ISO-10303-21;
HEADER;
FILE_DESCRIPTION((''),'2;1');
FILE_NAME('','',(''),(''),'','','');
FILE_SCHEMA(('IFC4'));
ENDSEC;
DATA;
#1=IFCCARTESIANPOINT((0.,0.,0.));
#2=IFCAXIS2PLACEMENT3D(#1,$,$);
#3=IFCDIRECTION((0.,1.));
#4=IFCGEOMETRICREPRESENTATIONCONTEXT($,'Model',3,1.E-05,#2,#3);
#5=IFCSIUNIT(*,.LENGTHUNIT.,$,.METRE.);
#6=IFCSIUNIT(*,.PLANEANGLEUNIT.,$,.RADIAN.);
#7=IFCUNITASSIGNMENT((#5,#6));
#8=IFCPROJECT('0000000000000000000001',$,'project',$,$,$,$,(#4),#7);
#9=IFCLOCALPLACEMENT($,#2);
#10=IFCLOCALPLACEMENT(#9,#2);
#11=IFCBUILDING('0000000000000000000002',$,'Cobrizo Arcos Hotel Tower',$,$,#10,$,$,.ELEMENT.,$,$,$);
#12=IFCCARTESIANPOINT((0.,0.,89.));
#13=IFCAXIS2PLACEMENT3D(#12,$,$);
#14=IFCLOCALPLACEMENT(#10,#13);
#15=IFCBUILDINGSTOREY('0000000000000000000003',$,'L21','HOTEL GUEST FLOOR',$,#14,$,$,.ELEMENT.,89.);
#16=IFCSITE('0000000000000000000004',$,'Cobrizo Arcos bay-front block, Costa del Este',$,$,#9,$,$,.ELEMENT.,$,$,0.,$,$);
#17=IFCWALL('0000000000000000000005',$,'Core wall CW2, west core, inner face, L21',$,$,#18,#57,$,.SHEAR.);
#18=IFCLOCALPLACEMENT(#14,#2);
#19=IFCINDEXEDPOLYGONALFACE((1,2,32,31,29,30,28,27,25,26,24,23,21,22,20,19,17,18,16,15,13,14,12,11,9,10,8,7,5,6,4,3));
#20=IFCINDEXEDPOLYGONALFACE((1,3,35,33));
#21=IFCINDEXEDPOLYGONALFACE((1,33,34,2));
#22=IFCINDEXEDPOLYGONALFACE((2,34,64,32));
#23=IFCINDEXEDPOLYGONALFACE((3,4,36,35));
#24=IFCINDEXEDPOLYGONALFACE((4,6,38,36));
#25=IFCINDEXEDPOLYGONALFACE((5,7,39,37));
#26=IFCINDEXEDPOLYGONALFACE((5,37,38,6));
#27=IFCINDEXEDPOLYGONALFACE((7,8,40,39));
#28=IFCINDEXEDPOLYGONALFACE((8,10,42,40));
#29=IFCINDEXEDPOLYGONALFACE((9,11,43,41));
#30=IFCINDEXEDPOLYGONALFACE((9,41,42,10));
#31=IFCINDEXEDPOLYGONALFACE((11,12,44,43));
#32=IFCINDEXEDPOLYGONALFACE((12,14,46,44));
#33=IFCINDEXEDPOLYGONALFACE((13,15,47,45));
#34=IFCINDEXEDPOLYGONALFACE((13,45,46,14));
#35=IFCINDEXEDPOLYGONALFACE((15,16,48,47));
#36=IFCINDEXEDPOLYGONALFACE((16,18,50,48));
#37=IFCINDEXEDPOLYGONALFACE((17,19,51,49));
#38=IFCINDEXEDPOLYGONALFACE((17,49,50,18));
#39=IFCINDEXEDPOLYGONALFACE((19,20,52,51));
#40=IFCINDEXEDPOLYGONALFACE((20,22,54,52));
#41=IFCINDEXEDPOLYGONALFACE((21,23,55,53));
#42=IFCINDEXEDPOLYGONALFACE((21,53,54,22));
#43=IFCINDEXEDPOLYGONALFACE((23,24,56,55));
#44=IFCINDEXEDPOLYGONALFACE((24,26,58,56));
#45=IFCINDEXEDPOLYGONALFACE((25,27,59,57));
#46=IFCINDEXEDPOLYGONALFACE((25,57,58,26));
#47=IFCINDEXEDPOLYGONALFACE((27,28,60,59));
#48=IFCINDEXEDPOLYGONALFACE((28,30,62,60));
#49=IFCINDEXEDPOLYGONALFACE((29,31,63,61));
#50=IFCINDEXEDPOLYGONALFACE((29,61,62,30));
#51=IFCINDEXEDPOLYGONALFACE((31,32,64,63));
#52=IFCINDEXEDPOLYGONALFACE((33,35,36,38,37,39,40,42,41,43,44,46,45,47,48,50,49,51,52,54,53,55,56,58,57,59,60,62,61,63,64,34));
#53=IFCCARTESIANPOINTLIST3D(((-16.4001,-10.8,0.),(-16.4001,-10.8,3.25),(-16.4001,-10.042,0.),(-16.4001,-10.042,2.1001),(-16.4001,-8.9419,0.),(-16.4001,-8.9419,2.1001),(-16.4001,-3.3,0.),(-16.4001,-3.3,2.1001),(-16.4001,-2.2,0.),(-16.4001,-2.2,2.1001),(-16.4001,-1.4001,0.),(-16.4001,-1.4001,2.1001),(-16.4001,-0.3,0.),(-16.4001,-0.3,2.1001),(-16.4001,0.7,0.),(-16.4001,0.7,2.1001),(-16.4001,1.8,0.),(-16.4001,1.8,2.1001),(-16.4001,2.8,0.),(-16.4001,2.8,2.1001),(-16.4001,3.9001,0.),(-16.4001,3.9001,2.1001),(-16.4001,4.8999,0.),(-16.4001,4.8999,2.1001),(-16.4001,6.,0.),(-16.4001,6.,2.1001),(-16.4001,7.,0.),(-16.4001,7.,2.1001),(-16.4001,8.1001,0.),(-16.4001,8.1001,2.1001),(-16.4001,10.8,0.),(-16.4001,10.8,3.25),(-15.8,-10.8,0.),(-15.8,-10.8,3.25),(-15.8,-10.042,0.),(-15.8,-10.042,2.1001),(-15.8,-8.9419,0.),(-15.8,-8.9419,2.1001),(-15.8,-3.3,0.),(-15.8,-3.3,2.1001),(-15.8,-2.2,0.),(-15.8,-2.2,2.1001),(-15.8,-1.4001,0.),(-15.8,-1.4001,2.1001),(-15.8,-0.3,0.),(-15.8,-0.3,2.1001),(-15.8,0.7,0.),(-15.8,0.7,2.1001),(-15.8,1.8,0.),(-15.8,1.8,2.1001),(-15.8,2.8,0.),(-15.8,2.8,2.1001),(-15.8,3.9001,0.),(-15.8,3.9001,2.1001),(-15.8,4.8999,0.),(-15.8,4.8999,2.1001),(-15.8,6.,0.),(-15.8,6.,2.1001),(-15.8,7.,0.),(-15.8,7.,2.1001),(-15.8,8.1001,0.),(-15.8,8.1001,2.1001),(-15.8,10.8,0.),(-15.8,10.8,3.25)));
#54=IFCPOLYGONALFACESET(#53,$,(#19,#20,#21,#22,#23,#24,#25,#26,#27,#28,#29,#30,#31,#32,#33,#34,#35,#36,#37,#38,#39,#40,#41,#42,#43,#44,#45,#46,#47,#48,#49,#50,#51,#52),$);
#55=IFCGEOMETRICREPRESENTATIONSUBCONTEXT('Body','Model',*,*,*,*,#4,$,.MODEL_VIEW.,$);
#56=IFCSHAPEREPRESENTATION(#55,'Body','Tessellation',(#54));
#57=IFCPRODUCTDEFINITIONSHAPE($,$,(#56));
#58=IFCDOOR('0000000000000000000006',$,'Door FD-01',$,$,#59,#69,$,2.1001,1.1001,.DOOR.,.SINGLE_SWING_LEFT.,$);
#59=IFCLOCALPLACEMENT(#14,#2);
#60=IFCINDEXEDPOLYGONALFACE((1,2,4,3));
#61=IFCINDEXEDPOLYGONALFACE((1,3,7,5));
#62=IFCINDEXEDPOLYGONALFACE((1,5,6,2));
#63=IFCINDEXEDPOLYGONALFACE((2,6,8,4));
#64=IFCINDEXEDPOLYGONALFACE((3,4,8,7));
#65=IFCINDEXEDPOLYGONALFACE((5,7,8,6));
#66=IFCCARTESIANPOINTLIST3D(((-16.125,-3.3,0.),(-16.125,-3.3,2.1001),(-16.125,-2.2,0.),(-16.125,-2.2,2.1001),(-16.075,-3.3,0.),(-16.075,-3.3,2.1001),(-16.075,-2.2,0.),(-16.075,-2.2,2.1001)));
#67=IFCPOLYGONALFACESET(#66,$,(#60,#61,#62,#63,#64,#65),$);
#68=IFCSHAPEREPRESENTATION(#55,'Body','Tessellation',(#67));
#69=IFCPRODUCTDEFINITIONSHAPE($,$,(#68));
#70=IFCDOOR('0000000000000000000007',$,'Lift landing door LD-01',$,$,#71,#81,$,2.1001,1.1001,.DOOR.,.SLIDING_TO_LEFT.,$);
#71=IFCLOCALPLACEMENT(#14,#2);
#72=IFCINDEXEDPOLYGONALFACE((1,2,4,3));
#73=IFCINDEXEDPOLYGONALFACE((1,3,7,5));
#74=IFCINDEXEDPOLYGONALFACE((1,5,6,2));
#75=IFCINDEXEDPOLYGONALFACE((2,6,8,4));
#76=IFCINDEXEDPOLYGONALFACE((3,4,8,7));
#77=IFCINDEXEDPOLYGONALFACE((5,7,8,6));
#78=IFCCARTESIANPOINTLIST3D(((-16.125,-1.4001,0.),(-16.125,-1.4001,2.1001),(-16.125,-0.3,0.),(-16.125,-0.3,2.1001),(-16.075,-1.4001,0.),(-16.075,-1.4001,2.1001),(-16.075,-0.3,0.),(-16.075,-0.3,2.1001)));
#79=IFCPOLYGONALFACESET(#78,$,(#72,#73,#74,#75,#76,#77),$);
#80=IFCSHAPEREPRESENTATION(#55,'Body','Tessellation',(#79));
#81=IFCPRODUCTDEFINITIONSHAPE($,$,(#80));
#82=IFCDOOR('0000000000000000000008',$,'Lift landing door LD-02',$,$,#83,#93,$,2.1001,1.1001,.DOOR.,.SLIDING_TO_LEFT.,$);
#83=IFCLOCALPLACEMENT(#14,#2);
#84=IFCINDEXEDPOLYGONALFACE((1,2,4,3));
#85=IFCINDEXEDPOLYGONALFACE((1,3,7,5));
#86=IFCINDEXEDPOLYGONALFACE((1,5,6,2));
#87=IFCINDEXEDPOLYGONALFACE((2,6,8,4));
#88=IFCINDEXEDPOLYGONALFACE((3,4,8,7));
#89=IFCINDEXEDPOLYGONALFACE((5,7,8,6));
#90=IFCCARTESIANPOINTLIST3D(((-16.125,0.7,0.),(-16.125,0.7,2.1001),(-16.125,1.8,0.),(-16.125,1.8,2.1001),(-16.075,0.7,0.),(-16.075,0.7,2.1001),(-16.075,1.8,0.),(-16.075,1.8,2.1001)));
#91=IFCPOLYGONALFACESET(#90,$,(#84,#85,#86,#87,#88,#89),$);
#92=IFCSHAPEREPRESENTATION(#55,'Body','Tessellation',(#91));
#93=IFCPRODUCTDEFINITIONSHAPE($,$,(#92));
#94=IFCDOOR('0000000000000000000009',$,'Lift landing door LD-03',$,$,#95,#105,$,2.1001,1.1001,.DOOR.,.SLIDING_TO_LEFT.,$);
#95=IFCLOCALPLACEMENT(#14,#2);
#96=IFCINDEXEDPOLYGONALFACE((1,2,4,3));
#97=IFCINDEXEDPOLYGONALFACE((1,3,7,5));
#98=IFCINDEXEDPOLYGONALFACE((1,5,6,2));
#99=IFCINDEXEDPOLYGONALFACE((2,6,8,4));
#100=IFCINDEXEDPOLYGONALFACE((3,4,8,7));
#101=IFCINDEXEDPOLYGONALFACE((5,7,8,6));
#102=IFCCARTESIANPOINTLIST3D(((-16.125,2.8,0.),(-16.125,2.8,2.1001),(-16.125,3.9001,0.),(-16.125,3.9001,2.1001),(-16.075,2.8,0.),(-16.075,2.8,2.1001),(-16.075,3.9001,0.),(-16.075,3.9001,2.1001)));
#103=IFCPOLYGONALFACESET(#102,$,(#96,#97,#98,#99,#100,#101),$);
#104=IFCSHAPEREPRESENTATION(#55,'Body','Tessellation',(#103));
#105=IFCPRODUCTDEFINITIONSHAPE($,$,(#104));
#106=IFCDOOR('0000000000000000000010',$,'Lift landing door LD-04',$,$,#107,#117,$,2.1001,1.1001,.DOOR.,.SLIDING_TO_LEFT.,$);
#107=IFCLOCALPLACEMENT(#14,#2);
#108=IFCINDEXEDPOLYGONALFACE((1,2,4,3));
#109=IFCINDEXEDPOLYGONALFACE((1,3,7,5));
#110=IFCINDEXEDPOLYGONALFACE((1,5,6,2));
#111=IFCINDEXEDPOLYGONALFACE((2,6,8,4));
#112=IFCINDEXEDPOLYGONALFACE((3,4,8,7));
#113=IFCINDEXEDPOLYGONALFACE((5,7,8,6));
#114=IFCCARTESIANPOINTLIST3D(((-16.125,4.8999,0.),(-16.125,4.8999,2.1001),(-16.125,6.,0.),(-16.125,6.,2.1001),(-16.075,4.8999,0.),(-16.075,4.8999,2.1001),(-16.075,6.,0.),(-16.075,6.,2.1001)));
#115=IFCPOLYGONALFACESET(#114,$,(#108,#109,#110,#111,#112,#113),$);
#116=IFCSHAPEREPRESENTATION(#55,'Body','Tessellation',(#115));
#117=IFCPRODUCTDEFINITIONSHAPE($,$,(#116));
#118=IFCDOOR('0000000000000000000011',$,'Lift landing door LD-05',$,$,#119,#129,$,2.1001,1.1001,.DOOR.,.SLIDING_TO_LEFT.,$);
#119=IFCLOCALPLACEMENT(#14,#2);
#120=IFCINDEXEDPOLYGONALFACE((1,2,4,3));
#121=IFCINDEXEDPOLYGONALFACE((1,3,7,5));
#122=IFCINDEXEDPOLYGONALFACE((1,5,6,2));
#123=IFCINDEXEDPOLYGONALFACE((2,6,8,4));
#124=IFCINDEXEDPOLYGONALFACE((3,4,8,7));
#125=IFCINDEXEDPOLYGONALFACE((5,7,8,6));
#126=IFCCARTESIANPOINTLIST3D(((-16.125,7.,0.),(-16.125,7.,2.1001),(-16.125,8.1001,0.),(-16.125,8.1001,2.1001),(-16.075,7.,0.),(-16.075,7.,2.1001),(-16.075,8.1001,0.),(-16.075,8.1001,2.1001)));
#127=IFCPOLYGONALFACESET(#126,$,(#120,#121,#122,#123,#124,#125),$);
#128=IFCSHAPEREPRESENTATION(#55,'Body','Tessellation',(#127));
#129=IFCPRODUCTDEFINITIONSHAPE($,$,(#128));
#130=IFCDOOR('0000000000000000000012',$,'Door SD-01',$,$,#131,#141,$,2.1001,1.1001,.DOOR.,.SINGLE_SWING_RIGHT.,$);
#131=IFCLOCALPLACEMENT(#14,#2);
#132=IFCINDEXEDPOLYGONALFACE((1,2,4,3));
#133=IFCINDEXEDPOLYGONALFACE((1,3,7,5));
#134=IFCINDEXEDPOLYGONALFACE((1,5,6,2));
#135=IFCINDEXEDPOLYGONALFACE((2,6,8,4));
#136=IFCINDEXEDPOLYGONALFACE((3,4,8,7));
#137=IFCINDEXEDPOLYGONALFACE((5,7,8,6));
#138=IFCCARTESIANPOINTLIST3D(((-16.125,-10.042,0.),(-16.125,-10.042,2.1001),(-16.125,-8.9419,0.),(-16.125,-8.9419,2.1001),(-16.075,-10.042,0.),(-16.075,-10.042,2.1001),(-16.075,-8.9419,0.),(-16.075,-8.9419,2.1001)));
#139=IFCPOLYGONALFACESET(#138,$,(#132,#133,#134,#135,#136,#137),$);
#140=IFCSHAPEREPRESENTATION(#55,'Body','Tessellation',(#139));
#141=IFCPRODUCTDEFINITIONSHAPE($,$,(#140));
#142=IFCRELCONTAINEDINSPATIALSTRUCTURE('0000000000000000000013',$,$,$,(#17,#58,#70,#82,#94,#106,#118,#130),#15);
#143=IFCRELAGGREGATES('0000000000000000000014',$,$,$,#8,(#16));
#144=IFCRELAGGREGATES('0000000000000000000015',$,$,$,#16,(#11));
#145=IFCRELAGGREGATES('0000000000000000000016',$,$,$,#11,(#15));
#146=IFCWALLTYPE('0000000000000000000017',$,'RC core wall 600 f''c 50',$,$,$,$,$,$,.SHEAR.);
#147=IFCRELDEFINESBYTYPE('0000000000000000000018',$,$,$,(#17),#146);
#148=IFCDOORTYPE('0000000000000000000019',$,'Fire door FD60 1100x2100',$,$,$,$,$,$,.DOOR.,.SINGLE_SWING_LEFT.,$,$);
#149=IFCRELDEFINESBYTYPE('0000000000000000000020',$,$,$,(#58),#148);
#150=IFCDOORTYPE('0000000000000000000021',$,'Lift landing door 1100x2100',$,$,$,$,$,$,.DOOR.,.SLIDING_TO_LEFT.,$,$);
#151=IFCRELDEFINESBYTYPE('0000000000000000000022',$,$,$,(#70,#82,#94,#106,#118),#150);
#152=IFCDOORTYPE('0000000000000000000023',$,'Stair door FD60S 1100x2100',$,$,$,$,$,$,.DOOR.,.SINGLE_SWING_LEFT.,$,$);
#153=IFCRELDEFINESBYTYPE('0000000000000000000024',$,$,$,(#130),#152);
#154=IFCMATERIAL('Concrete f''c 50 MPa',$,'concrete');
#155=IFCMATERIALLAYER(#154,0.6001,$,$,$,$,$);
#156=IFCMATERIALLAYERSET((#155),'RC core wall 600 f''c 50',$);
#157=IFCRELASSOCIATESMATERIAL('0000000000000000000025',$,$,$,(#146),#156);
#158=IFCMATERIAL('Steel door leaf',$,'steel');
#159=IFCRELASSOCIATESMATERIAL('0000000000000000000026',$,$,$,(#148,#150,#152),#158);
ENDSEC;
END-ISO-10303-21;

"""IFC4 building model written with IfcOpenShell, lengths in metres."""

from ifc_helpers import new_model, si_unit, direction, frame, frame_2d, origin, place, context, subcontext, project, spatial, rectangle, extrude, material, layer, layer_set, type_object, element, fill, save


model = new_model("IFC4")

# Units and contexts
model_context = context("Model", 3, precision=1e-05, world=origin(), true_north=direction((0.0, 1.0)))
body_context = subcontext(model_context, "Body", "Model", "MODEL_VIEW")
ifc_project = project(units=[si_unit("LENGTHUNIT", "METRE"), si_unit("PLANEANGLEUNIT", "RADIAN")], contexts=[model_context])

# Site, building, storey
site_placement = place(None, origin())
site = spatial("IfcSite", under=ifc_project, at=site_placement, Name="Cobrizo Arcos bay-front block, Costa del Este", CompositionType="ELEMENT", RefElevation=0.0)
building_placement = place(site_placement, origin())
building = spatial("IfcBuilding", under=site, at=building_placement, Name="Cobrizo Arcos Hotel Tower", CompositionType="ELEMENT")
storey_placement = place(building_placement, frame((0.0, 0.0, 89.0)))
storey = spatial("IfcBuildingStorey", under=building, at=storey_placement, Name="L21", Description="HOTEL GUEST FLOOR", CompositionType="ELEMENT", Elevation=89.0)

# Wall, openings, doors
ifc_material_1 = material(Name="Concrete f'c 50 MPa", Category="concrete")
ifc_layer_1 = layer(ifc_material_1, 0.6001)
ifc_layer_set_1 = layer_set([ifc_layer_1], Name="RC core wall 600 f'c 50")
wall_type_1 = type_object("IfcWallType", Name="RC core wall 600 f'c 50", PredefinedType="SHEAR", material=ifc_layer_set_1)
wall_1_placement = place(storey_placement, frame((-16.1001, -10.8, 0.0), z_axis=(0.0, 0.0, 1.0), x_axis=(0.0, 1.0, 0.0)))
wall_1 = element("IfcWall", 1, at=wall_1_placement, inside=storey, type_object=wall_type_1, Name="Core wall CW2, west core, inner face, L21", PredefinedType="SHEAR", context=body_context, shape_type="SweptSolid", body=[
    extrude(rectangle(XDim=21.6001, YDim=0.6001, at=frame_2d((10.8, 0.0))), origin(), (0.0, 0.0, 1.0), 3.25),
])
opening_1_placement = place(wall_1_placement, frame((9.3999, 0.0, 0.0)))
opening_1 = element("IfcOpeningElement", 2, at=opening_1_placement, cuts=wall_1, PredefinedType="OPENING", context=body_context, shape_type="SweptSolid", body=[
    extrude(rectangle(XDim=1.1001, YDim=2.1001, at=frame_2d((0.55, 1.05))), frame((0.0, 0.312, 0.0), z_axis=(0.0, -1.0, 0.0), x_axis=(1.0, 0.0, 0.0)), (0.0, 0.0, 1.0), 0.624),
])
opening_2_placement = place(wall_1_placement, frame((11.5, 0.0, 0.0)))
opening_2 = element("IfcOpeningElement", 3, at=opening_2_placement, cuts=wall_1, PredefinedType="OPENING", context=body_context, shape_type="SweptSolid", body=[
    extrude(rectangle(XDim=1.1001, YDim=2.1001, at=frame_2d((0.55, 1.05))), frame((0.0, 0.312, 0.0), z_axis=(0.0, -1.0, 0.0), x_axis=(1.0, 0.0, 0.0)), (0.0, 0.0, 1.0), 0.624),
])
opening_3_placement = place(wall_1_placement, frame((13.6001, 0.0, 0.0)))
opening_3 = element("IfcOpeningElement", 4, at=opening_3_placement, cuts=wall_1, PredefinedType="OPENING", context=body_context, shape_type="SweptSolid", body=[
    extrude(rectangle(XDim=1.1001, YDim=2.1001, at=frame_2d((0.55, 1.05))), frame((0.0, 0.312, 0.0), z_axis=(0.0, -1.0, 0.0), x_axis=(1.0, 0.0, 0.0)), (0.0, 0.0, 1.0), 0.624),
])
opening_4_placement = place(wall_1_placement, frame((15.7, 0.0, 0.0)))
opening_4 = element("IfcOpeningElement", 5, at=opening_4_placement, cuts=wall_1, PredefinedType="OPENING", context=body_context, shape_type="SweptSolid", body=[
    extrude(rectangle(XDim=1.1001, YDim=2.1001, at=frame_2d((0.55, 1.05))), frame((0.0, 0.312, 0.0), z_axis=(0.0, -1.0, 0.0), x_axis=(1.0, 0.0, 0.0)), (0.0, 0.0, 1.0), 0.624),
])
opening_5_placement = place(wall_1_placement, frame((17.8, 0.0, 0.0)))
opening_5 = element("IfcOpeningElement", 6, at=opening_5_placement, cuts=wall_1, PredefinedType="OPENING", context=body_context, shape_type="SweptSolid", body=[
    extrude(rectangle(XDim=1.1001, YDim=2.1001, at=frame_2d((0.55, 1.05))), frame((0.0, 0.312, 0.0), z_axis=(0.0, -1.0, 0.0), x_axis=(1.0, 0.0, 0.0)), (0.0, 0.0, 1.0), 0.624),
])
opening_6_placement = place(wall_1_placement, frame((0.7581, 0.0, 0.0)))
opening_6 = element("IfcOpeningElement", 7, at=opening_6_placement, cuts=wall_1, PredefinedType="OPENING", context=body_context, shape_type="SweptSolid", body=[
    extrude(rectangle(XDim=1.1001, YDim=2.1001, at=frame_2d((0.55, 1.05))), frame((0.0, 0.312, 0.0), z_axis=(0.0, -1.0, 0.0), x_axis=(1.0, 0.0, 0.0)), (0.0, 0.0, 1.0), 0.624),
])
opening_7_placement = place(wall_1_placement, frame((7.5, 0.0, 0.0)))
opening_7 = element("IfcOpeningElement", 8, at=opening_7_placement, cuts=wall_1, PredefinedType="OPENING", context=body_context, shape_type="SweptSolid", body=[
    extrude(rectangle(XDim=1.1001, YDim=2.1001, at=frame_2d((0.55, 1.05))), frame((0.0, 0.312, 0.0), z_axis=(0.0, -1.0, 0.0), x_axis=(1.0, 0.0, 0.0)), (0.0, 0.0, 1.0), 0.624),
])
ifc_material_2 = material(Name="Steel door leaf", Category="steel")
door_type_1 = type_object("IfcDoorType", Name="Fire door FD60 1100x2100", OperationType="SINGLE_SWING_LEFT", PredefinedType="DOOR", material=ifc_material_2)
door_1_placement = place(opening_7_placement, origin())
door_1 = element("IfcDoor", 9, at=door_1_placement, inside=storey, type_object=door_type_1, Name="Door FD-01", OperationType="SINGLE_SWING_LEFT", OverallHeight=2.1001, OverallWidth=1.1001, PredefinedType="DOOR", context=body_context, shape_type="SweptSolid", body=[
    extrude(rectangle(XDim=1.1001, YDim=2.1001, at=frame_2d((0.55, 1.05))), frame((0.0, 0.0249, 0.0), z_axis=(0.0, -1.0, 0.0), x_axis=(1.0, 0.0, 0.0)), (0.0, 0.0, 1.0), 0.05),
])
fill(opening_7, door_1)
door_type_2 = type_object("IfcDoorType", Name="Lift landing door 1100x2100", OperationType="SLIDING_TO_LEFT", PredefinedType="DOOR", material=ifc_material_2)
door_2_placement = place(opening_1_placement, origin())
door_2 = element("IfcDoor", 10, at=door_2_placement, inside=storey, type_object=door_type_2, Name="Lift landing door LD-01", OperationType="SLIDING_TO_LEFT", OverallHeight=2.1001, OverallWidth=1.1001, PredefinedType="DOOR", context=body_context, shape_type="SweptSolid", body=[
    extrude(rectangle(XDim=1.1001, YDim=2.1001, at=frame_2d((0.55, 1.05))), frame((0.0, 0.0249, 0.0), z_axis=(0.0, -1.0, 0.0), x_axis=(1.0, 0.0, 0.0)), (0.0, 0.0, 1.0), 0.05),
])
fill(opening_1, door_2)
door_3_placement = place(opening_2_placement, origin())
door_3 = element("IfcDoor", 11, at=door_3_placement, inside=storey, type_object=door_type_2, Name="Lift landing door LD-02", OperationType="SLIDING_TO_LEFT", OverallHeight=2.1001, OverallWidth=1.1001, PredefinedType="DOOR", context=body_context, shape_type="SweptSolid", body=[
    extrude(rectangle(XDim=1.1001, YDim=2.1001, at=frame_2d((0.55, 1.05))), frame((0.0, 0.0249, 0.0), z_axis=(0.0, -1.0, 0.0), x_axis=(1.0, 0.0, 0.0)), (0.0, 0.0, 1.0), 0.05),
])
fill(opening_2, door_3)
door_4_placement = place(opening_3_placement, origin())
door_4 = element("IfcDoor", 12, at=door_4_placement, inside=storey, type_object=door_type_2, Name="Lift landing door LD-03", OperationType="SLIDING_TO_LEFT", OverallHeight=2.1001, OverallWidth=1.1001, PredefinedType="DOOR", context=body_context, shape_type="SweptSolid", body=[
    extrude(rectangle(XDim=1.1001, YDim=2.1001, at=frame_2d((0.55, 1.05))), frame((0.0, 0.0249, 0.0), z_axis=(0.0, -1.0, 0.0), x_axis=(1.0, 0.0, 0.0)), (0.0, 0.0, 1.0), 0.05),
])
fill(opening_3, door_4)
door_5_placement = place(opening_4_placement, origin())
door_5 = element("IfcDoor", 13, at=door_5_placement, inside=storey, type_object=door_type_2, Name="Lift landing door LD-04", OperationType="SLIDING_TO_LEFT", OverallHeight=2.1001, OverallWidth=1.1001, PredefinedType="DOOR", context=body_context, shape_type="SweptSolid", body=[
    extrude(rectangle(XDim=1.1001, YDim=2.1001, at=frame_2d((0.55, 1.05))), frame((0.0, 0.0249, 0.0), z_axis=(0.0, -1.0, 0.0), x_axis=(1.0, 0.0, 0.0)), (0.0, 0.0, 1.0), 0.05),
])
fill(opening_4, door_5)
door_6_placement = place(opening_5_placement, origin())
door_6 = element("IfcDoor", 14, at=door_6_placement, inside=storey, type_object=door_type_2, Name="Lift landing door LD-05", OperationType="SLIDING_TO_LEFT", OverallHeight=2.1001, OverallWidth=1.1001, PredefinedType="DOOR", context=body_context, shape_type="SweptSolid", body=[
    extrude(rectangle(XDim=1.1001, YDim=2.1001, at=frame_2d((0.55, 1.05))), frame((0.0, 0.0249, 0.0), z_axis=(0.0, -1.0, 0.0), x_axis=(1.0, 0.0, 0.0)), (0.0, 0.0, 1.0), 0.05),
])
fill(opening_5, door_6)
door_type_3 = type_object("IfcDoorType", Name="Stair door FD60S 1100x2100", OperationType="SINGLE_SWING_LEFT", PredefinedType="DOOR", material=ifc_material_2)
door_7_placement = place(opening_6_placement, origin())
door_7 = element("IfcDoor", 15, at=door_7_placement, inside=storey, type_object=door_type_3, Name="Door SD-01", OperationType="SINGLE_SWING_RIGHT", OverallHeight=2.1001, OverallWidth=1.1001, PredefinedType="DOOR", context=body_context, shape_type="SweptSolid", body=[
    extrude(rectangle(XDim=1.1001, YDim=2.1001, at=frame_2d((0.55, 1.05))), frame((0.0, 0.0249, 0.0), z_axis=(0.0, -1.0, 0.0), x_axis=(1.0, 0.0, 0.0)), (0.0, 0.0, 1.0), 0.05),
])
fill(opening_6, door_7)

save(model, "model.ifc")
